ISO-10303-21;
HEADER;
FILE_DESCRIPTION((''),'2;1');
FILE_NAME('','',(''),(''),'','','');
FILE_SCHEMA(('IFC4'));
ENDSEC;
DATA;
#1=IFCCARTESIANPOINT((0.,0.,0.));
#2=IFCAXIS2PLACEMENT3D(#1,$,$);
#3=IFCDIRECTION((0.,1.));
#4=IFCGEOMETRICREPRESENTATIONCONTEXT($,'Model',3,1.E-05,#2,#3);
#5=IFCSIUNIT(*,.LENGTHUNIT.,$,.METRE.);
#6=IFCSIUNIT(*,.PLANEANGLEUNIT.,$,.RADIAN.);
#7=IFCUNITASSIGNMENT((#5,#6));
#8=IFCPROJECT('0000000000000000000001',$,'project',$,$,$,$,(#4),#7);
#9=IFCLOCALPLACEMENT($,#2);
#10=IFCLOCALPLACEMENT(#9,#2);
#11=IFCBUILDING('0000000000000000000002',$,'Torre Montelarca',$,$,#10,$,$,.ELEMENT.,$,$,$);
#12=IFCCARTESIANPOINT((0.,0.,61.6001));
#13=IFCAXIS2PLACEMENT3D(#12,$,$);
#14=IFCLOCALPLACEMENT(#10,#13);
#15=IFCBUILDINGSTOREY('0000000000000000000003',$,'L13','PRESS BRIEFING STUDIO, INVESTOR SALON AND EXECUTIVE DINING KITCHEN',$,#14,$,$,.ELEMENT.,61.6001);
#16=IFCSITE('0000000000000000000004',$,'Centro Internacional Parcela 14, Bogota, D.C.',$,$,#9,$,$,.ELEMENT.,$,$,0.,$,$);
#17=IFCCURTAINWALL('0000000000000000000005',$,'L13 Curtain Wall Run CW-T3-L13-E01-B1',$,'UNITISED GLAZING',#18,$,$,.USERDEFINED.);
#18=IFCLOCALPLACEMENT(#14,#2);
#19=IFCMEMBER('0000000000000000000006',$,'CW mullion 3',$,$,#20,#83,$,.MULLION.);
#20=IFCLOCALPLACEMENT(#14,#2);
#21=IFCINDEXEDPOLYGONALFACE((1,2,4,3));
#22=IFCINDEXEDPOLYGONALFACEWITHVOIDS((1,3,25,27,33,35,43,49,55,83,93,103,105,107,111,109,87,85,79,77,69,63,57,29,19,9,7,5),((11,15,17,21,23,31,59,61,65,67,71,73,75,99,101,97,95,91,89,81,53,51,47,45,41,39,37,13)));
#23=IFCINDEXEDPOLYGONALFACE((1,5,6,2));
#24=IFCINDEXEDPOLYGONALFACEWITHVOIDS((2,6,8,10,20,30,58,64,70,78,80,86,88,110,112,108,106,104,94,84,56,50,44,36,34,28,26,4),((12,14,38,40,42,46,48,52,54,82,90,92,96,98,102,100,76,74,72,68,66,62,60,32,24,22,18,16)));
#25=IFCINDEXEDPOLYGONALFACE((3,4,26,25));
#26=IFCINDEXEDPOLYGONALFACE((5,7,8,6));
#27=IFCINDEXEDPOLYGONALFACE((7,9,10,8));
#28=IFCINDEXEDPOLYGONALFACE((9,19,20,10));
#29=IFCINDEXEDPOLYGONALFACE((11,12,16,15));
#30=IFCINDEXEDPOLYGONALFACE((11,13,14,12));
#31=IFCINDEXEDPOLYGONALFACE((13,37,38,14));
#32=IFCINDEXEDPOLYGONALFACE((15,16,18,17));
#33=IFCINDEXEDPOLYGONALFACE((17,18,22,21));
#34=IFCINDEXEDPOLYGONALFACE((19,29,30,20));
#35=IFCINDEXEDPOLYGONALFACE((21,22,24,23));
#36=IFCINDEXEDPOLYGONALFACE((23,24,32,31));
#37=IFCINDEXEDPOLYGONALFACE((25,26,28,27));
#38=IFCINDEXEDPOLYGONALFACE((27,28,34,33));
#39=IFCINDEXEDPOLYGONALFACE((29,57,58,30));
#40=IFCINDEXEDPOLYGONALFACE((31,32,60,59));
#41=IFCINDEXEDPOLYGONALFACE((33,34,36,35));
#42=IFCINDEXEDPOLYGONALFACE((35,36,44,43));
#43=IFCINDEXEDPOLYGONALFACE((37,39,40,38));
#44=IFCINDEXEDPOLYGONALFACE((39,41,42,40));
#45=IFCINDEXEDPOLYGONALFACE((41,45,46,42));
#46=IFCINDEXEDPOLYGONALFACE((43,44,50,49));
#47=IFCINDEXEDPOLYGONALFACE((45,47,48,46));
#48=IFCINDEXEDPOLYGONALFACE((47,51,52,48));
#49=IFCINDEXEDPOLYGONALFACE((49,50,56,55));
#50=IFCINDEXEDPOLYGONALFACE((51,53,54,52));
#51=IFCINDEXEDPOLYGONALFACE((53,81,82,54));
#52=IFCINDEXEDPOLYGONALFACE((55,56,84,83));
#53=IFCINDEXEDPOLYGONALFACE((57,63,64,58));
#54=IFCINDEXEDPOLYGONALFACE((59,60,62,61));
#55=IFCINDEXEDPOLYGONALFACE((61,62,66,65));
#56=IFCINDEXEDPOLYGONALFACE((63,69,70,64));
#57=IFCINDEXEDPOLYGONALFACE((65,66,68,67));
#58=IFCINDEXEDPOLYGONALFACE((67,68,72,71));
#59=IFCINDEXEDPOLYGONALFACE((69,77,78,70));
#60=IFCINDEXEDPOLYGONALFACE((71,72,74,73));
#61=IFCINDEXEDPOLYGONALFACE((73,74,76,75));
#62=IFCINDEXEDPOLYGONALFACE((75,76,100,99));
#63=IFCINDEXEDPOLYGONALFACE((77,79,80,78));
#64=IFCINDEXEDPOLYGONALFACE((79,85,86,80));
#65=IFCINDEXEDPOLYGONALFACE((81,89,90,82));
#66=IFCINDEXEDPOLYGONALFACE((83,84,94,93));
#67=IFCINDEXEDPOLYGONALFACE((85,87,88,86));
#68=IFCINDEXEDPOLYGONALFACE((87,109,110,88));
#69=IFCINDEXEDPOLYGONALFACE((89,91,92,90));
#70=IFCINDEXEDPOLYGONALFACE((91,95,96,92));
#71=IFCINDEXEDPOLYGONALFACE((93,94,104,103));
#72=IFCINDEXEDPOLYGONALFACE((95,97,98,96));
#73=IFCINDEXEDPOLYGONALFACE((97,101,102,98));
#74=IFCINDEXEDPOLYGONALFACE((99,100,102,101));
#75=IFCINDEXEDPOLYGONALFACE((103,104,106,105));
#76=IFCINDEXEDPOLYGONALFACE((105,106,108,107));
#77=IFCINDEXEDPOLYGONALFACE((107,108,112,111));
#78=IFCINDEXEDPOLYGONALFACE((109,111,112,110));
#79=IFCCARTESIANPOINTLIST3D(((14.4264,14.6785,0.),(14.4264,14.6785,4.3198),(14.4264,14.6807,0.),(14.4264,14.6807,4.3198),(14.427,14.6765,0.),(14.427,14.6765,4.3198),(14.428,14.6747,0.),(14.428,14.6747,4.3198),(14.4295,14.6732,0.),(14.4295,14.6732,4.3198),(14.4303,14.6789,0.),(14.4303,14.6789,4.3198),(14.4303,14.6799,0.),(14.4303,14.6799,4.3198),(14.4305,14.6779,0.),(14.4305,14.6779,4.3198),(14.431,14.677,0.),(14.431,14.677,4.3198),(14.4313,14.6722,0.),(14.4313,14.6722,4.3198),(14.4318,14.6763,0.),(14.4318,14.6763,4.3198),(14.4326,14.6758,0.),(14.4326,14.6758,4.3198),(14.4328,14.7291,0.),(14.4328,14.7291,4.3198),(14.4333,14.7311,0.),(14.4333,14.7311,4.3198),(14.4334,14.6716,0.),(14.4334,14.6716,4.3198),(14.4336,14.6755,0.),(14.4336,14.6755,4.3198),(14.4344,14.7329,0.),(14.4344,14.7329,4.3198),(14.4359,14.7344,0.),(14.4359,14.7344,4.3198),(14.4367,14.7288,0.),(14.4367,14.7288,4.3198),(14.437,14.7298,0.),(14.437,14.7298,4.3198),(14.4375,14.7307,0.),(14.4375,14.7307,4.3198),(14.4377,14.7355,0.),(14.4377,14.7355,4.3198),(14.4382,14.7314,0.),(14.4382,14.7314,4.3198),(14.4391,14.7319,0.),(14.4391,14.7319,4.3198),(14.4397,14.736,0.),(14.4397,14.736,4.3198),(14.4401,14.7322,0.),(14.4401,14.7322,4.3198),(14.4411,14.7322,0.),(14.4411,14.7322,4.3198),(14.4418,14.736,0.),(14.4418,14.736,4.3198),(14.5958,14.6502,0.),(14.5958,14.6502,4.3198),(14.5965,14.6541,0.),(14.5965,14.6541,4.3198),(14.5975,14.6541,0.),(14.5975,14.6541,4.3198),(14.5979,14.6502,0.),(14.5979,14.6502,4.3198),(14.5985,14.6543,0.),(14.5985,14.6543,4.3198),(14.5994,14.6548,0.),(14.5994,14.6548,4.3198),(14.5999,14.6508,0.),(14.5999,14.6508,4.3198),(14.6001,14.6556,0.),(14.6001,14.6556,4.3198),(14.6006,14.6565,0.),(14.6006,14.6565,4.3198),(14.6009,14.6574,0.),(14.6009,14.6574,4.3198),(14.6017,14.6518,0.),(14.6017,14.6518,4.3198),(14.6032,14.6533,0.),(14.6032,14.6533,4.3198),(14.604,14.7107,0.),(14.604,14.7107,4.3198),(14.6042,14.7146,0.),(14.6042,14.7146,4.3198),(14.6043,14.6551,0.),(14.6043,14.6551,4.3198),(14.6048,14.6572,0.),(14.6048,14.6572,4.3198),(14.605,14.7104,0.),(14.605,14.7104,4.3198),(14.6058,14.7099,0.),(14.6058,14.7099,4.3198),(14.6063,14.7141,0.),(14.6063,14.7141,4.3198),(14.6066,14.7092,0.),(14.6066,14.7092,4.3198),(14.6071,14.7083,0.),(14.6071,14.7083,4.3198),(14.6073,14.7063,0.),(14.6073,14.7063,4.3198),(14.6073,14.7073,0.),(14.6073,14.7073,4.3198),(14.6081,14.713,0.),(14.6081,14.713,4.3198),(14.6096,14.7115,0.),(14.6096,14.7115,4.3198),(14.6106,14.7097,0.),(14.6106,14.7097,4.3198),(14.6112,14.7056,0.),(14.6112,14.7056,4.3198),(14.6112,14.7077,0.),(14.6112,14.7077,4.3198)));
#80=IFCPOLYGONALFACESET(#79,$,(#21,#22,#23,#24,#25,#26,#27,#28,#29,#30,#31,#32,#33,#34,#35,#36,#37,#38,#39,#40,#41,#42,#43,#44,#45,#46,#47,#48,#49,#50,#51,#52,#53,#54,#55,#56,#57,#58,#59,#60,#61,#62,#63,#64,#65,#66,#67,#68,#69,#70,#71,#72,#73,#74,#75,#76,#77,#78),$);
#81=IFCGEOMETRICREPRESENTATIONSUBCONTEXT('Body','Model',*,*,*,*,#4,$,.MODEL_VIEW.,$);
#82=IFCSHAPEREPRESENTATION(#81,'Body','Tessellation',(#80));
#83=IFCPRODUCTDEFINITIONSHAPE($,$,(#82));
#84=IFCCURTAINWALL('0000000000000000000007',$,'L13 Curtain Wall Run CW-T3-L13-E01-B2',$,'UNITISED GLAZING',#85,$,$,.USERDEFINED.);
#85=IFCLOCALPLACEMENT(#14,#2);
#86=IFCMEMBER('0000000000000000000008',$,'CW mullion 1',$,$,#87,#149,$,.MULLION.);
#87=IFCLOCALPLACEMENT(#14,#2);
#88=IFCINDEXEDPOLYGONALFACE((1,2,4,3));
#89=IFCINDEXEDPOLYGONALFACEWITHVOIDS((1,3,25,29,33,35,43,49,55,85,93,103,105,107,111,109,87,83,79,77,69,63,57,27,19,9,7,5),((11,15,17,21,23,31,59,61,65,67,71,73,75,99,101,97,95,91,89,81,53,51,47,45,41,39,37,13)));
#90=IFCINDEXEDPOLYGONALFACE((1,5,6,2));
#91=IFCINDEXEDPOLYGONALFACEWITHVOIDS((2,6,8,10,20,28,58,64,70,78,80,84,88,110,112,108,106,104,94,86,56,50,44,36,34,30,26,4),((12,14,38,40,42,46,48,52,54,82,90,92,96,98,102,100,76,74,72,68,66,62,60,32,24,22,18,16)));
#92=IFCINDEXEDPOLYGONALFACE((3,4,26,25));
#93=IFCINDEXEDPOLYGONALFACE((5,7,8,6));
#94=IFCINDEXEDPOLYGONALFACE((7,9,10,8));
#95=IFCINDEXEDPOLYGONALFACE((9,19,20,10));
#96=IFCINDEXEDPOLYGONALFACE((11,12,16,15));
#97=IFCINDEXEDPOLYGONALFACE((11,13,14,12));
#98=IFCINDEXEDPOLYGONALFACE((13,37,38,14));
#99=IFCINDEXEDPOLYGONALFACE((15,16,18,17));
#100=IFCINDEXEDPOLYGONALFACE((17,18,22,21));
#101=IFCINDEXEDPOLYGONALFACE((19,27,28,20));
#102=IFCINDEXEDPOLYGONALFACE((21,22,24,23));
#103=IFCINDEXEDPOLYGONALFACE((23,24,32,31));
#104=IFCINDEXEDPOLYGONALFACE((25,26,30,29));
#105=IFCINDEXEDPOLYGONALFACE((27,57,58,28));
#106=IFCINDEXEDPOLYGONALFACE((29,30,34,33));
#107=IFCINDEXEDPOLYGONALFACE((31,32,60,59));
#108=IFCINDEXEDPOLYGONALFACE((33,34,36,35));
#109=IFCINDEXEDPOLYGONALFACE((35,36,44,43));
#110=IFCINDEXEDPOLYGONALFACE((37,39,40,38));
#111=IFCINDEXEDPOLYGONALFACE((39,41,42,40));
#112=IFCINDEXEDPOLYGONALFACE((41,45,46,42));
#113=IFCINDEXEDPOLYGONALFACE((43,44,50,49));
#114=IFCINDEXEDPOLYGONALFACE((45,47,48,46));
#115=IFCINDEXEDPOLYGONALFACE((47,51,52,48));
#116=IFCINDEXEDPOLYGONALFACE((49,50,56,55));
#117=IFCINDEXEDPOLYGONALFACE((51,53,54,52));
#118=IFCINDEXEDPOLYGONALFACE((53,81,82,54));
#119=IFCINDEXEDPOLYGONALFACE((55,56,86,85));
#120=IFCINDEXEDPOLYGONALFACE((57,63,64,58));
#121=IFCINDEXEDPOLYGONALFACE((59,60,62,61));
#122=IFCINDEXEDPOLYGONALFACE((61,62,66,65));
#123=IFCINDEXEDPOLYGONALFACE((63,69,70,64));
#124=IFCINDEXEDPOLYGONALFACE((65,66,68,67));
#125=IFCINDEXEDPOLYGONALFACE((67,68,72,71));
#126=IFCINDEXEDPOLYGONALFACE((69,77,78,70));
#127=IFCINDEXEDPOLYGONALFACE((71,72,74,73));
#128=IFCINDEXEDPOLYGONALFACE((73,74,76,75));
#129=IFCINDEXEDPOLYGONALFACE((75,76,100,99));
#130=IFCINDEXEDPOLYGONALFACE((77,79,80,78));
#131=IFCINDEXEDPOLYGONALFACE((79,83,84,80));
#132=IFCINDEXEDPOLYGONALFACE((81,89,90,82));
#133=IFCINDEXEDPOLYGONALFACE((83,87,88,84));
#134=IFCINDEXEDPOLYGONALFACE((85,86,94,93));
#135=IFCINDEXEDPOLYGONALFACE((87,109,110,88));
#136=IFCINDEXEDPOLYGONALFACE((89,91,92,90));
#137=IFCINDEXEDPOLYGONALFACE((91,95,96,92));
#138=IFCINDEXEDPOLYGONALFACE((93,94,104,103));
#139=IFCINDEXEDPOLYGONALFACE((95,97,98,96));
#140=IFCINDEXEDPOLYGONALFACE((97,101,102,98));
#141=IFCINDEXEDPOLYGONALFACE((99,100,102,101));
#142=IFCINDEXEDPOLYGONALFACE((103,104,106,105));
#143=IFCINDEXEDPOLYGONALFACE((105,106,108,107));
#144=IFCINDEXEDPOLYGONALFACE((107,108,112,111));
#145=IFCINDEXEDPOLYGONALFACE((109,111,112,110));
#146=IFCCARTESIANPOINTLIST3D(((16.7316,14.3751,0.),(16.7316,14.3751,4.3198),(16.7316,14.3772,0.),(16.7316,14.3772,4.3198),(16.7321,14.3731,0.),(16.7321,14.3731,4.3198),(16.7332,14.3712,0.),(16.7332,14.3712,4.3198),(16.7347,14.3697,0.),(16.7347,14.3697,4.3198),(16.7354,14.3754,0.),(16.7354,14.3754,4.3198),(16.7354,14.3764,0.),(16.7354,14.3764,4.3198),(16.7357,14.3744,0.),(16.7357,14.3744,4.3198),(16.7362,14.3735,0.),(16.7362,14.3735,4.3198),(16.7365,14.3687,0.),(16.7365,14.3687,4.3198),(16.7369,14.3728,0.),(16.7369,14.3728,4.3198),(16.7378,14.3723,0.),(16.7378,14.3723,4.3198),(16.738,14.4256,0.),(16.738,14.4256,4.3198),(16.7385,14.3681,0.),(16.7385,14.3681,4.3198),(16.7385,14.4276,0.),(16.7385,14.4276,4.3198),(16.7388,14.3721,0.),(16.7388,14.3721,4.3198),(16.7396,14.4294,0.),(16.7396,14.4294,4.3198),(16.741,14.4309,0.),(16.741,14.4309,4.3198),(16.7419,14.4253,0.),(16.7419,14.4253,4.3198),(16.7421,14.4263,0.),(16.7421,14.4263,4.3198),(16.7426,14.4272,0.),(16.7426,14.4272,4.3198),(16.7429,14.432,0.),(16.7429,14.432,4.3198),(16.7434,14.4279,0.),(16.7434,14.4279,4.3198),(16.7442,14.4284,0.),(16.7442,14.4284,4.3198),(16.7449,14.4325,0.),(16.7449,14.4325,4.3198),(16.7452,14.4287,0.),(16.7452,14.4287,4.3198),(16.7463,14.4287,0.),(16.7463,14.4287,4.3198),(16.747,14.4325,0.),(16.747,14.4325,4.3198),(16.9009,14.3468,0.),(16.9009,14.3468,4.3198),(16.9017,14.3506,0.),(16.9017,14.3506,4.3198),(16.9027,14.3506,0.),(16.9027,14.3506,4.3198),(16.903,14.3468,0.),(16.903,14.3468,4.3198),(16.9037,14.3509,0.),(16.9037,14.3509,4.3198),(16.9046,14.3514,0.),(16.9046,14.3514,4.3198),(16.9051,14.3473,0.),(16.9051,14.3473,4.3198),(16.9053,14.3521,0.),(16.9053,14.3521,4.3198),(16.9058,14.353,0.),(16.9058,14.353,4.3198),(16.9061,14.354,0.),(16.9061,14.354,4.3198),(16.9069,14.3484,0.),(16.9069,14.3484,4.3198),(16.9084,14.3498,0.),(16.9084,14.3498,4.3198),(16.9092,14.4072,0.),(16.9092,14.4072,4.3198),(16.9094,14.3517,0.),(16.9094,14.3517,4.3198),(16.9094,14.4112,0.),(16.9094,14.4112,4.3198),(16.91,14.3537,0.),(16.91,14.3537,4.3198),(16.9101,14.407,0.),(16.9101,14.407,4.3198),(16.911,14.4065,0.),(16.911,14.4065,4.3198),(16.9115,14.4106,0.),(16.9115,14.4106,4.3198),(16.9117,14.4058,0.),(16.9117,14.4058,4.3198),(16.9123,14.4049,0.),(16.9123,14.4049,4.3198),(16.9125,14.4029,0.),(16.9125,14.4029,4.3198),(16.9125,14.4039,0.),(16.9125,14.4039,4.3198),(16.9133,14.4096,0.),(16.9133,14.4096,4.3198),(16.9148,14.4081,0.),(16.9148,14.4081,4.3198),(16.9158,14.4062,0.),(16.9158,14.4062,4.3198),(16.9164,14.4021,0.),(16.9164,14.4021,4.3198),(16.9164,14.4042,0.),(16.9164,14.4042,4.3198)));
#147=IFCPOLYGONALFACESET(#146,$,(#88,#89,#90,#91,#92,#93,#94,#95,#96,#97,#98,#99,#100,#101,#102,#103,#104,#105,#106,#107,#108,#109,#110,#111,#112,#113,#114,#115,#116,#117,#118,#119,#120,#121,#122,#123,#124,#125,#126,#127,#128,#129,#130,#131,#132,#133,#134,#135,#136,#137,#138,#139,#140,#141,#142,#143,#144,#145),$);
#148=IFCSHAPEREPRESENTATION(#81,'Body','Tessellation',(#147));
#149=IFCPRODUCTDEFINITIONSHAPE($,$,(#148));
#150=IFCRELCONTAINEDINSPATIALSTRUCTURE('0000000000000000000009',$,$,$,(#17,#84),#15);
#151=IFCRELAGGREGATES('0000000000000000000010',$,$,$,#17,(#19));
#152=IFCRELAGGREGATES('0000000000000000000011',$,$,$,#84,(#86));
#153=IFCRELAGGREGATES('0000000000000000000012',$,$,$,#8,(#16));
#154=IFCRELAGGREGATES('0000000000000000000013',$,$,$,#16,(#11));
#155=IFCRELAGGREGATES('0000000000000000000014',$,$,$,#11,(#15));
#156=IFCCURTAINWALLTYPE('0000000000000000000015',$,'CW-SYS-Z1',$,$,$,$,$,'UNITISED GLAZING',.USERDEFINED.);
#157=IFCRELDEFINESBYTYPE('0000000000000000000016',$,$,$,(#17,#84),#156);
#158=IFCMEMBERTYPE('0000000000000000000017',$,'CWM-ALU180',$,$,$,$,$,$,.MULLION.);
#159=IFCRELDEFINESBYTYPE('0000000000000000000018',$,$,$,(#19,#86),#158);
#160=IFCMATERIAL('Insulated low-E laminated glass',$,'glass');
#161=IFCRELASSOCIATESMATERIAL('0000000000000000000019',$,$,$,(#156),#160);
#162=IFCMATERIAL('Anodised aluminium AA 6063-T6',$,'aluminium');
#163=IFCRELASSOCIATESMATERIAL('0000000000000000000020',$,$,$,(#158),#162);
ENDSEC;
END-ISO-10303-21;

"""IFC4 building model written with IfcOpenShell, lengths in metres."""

from ifc_helpers import new_model, si_unit, direction, frame, origin, origin_2d, place, context, subcontext, project, spatial, hollow_rectangle, extrude, source, transform, mapped, material, material_profile, profile_set, type_object, element, aggregate, save


model = new_model("IFC4")

# Units and contexts
model_context = context("Model", 3, precision=1e-05, world=origin(), true_north=direction((0.0, 1.0)))
body_context = subcontext(model_context, "Body", "Model", "MODEL_VIEW")
ifc_project = project(units=[si_unit("LENGTHUNIT", "METRE"), si_unit("PLANEANGLEUNIT", "RADIAN")], contexts=[model_context])

# Site, building, storey
site_placement = place(None, origin())
site = spatial("IfcSite", under=ifc_project, at=site_placement, Name="Centro Internacional Parcela 14, Bogota, D.C.", CompositionType="ELEMENT", RefElevation=0.0)
building_placement = place(site_placement, origin())
building = spatial("IfcBuilding", under=site, at=building_placement, Name="Torre Montelarca", CompositionType="ELEMENT")
storey_placement = place(building_placement, frame((0.0, 0.0, 61.6001)))
storey = spatial("IfcBuildingStorey", under=building, at=storey_placement, Name="L13", Description="PRESS BRIEFING STUDIO, INVESTOR SALON AND EXECUTIVE DINING KITCHEN", CompositionType="ELEMENT", Elevation=61.6001)

# Curtain wall
ifc_material_1 = material(Name="Insulated low-E laminated glass", Category="glass")
curtain_wall_type = type_object("IfcCurtainWallType", Name="CW-SYS-Z1", ElementType="UNITISED GLAZING", PredefinedType="USERDEFINED", material=ifc_material_1)
curtain_wall_1_placement = place(storey_placement, origin())
curtain_wall_1 = element("IfcCurtainWall", 1, at=curtain_wall_1_placement, inside=storey, type_object=curtain_wall_type, Name="L13 Curtain Wall Run CW-T3-L13-E01-B1", ObjectType="UNITISED GLAZING", PredefinedType="USERDEFINED")
ifc_material_2 = material(Name="Anodised aluminium AA 6063-T6", Category="aluminium")

# Member
ifc_material_profile_1 = material_profile(ifc_material_2, hollow_rectangle(XDim=0.0649, YDim=0.1799, WallThickness=0.0039, InnerFilletRadius=0.0039, OuterFilletRadius=0.0081, at=origin_2d()), Name="ALU65X180X4", Category="aluminium")
ifc_profile_set_1 = profile_set([ifc_material_profile_1], Name="Anodised aluminium AA 6063-T6")
member_type_1 = type_object("IfcMemberType", Name="CWM-ALU180", PredefinedType="MULLION", material=ifc_profile_set_1)
shared_shape_1 = source(origin(), body_context, "Body", "SweptSolid", [
    extrude(hollow_rectangle(XDim=0.0649, YDim=0.1799, WallThickness=0.0039, InnerFilletRadius=0.0039, OuterFilletRadius=0.0081, at=origin_2d()), origin(), (0.0, 0.0, 1.0), 4.3198),
])
member_1_placement = place(storey_placement, frame((14.5188, 14.6931, 0.0), z_axis=(0.0, 0.0, 1.0), x_axis=(0.13052, 0.991446, 0.0)))
member_1 = element("IfcMember", 2, at=member_1_placement, type_object=member_type_1, Name="CW mullion 3", PredefinedType="MULLION", context=body_context, shape_type="MappedRepresentation", body=[
    mapped(shared_shape_1, transform((0.0, 0.0, 0.0), scale=1.0)),
])

# Curtain wall, member
curtain_wall_2_placement = place(storey_placement, origin())
curtain_wall_2 = element("IfcCurtainWall", 3, at=curtain_wall_2_placement, inside=storey, type_object=curtain_wall_type, Name="L13 Curtain Wall Run CW-T3-L13-E01-B2", ObjectType="UNITISED GLAZING", PredefinedType="USERDEFINED")
member_2_placement = place(storey_placement, frame((16.824, 14.3896, 0.0), z_axis=(0.0, 0.0, 1.0), x_axis=(0.130517, 0.991446, 0.0)))
member_2 = element("IfcMember", 4, at=member_2_placement, type_object=member_type_1, Name="CW mullion 1", PredefinedType="MULLION", context=body_context, shape_type="MappedRepresentation", body=[
    mapped(shared_shape_1, transform((0.0, 0.0, 0.0), scale=1.0)),
])

aggregate(curtain_wall_1, [member_1])
aggregate(curtain_wall_2, [member_2])

save(model, "model.ifc")
